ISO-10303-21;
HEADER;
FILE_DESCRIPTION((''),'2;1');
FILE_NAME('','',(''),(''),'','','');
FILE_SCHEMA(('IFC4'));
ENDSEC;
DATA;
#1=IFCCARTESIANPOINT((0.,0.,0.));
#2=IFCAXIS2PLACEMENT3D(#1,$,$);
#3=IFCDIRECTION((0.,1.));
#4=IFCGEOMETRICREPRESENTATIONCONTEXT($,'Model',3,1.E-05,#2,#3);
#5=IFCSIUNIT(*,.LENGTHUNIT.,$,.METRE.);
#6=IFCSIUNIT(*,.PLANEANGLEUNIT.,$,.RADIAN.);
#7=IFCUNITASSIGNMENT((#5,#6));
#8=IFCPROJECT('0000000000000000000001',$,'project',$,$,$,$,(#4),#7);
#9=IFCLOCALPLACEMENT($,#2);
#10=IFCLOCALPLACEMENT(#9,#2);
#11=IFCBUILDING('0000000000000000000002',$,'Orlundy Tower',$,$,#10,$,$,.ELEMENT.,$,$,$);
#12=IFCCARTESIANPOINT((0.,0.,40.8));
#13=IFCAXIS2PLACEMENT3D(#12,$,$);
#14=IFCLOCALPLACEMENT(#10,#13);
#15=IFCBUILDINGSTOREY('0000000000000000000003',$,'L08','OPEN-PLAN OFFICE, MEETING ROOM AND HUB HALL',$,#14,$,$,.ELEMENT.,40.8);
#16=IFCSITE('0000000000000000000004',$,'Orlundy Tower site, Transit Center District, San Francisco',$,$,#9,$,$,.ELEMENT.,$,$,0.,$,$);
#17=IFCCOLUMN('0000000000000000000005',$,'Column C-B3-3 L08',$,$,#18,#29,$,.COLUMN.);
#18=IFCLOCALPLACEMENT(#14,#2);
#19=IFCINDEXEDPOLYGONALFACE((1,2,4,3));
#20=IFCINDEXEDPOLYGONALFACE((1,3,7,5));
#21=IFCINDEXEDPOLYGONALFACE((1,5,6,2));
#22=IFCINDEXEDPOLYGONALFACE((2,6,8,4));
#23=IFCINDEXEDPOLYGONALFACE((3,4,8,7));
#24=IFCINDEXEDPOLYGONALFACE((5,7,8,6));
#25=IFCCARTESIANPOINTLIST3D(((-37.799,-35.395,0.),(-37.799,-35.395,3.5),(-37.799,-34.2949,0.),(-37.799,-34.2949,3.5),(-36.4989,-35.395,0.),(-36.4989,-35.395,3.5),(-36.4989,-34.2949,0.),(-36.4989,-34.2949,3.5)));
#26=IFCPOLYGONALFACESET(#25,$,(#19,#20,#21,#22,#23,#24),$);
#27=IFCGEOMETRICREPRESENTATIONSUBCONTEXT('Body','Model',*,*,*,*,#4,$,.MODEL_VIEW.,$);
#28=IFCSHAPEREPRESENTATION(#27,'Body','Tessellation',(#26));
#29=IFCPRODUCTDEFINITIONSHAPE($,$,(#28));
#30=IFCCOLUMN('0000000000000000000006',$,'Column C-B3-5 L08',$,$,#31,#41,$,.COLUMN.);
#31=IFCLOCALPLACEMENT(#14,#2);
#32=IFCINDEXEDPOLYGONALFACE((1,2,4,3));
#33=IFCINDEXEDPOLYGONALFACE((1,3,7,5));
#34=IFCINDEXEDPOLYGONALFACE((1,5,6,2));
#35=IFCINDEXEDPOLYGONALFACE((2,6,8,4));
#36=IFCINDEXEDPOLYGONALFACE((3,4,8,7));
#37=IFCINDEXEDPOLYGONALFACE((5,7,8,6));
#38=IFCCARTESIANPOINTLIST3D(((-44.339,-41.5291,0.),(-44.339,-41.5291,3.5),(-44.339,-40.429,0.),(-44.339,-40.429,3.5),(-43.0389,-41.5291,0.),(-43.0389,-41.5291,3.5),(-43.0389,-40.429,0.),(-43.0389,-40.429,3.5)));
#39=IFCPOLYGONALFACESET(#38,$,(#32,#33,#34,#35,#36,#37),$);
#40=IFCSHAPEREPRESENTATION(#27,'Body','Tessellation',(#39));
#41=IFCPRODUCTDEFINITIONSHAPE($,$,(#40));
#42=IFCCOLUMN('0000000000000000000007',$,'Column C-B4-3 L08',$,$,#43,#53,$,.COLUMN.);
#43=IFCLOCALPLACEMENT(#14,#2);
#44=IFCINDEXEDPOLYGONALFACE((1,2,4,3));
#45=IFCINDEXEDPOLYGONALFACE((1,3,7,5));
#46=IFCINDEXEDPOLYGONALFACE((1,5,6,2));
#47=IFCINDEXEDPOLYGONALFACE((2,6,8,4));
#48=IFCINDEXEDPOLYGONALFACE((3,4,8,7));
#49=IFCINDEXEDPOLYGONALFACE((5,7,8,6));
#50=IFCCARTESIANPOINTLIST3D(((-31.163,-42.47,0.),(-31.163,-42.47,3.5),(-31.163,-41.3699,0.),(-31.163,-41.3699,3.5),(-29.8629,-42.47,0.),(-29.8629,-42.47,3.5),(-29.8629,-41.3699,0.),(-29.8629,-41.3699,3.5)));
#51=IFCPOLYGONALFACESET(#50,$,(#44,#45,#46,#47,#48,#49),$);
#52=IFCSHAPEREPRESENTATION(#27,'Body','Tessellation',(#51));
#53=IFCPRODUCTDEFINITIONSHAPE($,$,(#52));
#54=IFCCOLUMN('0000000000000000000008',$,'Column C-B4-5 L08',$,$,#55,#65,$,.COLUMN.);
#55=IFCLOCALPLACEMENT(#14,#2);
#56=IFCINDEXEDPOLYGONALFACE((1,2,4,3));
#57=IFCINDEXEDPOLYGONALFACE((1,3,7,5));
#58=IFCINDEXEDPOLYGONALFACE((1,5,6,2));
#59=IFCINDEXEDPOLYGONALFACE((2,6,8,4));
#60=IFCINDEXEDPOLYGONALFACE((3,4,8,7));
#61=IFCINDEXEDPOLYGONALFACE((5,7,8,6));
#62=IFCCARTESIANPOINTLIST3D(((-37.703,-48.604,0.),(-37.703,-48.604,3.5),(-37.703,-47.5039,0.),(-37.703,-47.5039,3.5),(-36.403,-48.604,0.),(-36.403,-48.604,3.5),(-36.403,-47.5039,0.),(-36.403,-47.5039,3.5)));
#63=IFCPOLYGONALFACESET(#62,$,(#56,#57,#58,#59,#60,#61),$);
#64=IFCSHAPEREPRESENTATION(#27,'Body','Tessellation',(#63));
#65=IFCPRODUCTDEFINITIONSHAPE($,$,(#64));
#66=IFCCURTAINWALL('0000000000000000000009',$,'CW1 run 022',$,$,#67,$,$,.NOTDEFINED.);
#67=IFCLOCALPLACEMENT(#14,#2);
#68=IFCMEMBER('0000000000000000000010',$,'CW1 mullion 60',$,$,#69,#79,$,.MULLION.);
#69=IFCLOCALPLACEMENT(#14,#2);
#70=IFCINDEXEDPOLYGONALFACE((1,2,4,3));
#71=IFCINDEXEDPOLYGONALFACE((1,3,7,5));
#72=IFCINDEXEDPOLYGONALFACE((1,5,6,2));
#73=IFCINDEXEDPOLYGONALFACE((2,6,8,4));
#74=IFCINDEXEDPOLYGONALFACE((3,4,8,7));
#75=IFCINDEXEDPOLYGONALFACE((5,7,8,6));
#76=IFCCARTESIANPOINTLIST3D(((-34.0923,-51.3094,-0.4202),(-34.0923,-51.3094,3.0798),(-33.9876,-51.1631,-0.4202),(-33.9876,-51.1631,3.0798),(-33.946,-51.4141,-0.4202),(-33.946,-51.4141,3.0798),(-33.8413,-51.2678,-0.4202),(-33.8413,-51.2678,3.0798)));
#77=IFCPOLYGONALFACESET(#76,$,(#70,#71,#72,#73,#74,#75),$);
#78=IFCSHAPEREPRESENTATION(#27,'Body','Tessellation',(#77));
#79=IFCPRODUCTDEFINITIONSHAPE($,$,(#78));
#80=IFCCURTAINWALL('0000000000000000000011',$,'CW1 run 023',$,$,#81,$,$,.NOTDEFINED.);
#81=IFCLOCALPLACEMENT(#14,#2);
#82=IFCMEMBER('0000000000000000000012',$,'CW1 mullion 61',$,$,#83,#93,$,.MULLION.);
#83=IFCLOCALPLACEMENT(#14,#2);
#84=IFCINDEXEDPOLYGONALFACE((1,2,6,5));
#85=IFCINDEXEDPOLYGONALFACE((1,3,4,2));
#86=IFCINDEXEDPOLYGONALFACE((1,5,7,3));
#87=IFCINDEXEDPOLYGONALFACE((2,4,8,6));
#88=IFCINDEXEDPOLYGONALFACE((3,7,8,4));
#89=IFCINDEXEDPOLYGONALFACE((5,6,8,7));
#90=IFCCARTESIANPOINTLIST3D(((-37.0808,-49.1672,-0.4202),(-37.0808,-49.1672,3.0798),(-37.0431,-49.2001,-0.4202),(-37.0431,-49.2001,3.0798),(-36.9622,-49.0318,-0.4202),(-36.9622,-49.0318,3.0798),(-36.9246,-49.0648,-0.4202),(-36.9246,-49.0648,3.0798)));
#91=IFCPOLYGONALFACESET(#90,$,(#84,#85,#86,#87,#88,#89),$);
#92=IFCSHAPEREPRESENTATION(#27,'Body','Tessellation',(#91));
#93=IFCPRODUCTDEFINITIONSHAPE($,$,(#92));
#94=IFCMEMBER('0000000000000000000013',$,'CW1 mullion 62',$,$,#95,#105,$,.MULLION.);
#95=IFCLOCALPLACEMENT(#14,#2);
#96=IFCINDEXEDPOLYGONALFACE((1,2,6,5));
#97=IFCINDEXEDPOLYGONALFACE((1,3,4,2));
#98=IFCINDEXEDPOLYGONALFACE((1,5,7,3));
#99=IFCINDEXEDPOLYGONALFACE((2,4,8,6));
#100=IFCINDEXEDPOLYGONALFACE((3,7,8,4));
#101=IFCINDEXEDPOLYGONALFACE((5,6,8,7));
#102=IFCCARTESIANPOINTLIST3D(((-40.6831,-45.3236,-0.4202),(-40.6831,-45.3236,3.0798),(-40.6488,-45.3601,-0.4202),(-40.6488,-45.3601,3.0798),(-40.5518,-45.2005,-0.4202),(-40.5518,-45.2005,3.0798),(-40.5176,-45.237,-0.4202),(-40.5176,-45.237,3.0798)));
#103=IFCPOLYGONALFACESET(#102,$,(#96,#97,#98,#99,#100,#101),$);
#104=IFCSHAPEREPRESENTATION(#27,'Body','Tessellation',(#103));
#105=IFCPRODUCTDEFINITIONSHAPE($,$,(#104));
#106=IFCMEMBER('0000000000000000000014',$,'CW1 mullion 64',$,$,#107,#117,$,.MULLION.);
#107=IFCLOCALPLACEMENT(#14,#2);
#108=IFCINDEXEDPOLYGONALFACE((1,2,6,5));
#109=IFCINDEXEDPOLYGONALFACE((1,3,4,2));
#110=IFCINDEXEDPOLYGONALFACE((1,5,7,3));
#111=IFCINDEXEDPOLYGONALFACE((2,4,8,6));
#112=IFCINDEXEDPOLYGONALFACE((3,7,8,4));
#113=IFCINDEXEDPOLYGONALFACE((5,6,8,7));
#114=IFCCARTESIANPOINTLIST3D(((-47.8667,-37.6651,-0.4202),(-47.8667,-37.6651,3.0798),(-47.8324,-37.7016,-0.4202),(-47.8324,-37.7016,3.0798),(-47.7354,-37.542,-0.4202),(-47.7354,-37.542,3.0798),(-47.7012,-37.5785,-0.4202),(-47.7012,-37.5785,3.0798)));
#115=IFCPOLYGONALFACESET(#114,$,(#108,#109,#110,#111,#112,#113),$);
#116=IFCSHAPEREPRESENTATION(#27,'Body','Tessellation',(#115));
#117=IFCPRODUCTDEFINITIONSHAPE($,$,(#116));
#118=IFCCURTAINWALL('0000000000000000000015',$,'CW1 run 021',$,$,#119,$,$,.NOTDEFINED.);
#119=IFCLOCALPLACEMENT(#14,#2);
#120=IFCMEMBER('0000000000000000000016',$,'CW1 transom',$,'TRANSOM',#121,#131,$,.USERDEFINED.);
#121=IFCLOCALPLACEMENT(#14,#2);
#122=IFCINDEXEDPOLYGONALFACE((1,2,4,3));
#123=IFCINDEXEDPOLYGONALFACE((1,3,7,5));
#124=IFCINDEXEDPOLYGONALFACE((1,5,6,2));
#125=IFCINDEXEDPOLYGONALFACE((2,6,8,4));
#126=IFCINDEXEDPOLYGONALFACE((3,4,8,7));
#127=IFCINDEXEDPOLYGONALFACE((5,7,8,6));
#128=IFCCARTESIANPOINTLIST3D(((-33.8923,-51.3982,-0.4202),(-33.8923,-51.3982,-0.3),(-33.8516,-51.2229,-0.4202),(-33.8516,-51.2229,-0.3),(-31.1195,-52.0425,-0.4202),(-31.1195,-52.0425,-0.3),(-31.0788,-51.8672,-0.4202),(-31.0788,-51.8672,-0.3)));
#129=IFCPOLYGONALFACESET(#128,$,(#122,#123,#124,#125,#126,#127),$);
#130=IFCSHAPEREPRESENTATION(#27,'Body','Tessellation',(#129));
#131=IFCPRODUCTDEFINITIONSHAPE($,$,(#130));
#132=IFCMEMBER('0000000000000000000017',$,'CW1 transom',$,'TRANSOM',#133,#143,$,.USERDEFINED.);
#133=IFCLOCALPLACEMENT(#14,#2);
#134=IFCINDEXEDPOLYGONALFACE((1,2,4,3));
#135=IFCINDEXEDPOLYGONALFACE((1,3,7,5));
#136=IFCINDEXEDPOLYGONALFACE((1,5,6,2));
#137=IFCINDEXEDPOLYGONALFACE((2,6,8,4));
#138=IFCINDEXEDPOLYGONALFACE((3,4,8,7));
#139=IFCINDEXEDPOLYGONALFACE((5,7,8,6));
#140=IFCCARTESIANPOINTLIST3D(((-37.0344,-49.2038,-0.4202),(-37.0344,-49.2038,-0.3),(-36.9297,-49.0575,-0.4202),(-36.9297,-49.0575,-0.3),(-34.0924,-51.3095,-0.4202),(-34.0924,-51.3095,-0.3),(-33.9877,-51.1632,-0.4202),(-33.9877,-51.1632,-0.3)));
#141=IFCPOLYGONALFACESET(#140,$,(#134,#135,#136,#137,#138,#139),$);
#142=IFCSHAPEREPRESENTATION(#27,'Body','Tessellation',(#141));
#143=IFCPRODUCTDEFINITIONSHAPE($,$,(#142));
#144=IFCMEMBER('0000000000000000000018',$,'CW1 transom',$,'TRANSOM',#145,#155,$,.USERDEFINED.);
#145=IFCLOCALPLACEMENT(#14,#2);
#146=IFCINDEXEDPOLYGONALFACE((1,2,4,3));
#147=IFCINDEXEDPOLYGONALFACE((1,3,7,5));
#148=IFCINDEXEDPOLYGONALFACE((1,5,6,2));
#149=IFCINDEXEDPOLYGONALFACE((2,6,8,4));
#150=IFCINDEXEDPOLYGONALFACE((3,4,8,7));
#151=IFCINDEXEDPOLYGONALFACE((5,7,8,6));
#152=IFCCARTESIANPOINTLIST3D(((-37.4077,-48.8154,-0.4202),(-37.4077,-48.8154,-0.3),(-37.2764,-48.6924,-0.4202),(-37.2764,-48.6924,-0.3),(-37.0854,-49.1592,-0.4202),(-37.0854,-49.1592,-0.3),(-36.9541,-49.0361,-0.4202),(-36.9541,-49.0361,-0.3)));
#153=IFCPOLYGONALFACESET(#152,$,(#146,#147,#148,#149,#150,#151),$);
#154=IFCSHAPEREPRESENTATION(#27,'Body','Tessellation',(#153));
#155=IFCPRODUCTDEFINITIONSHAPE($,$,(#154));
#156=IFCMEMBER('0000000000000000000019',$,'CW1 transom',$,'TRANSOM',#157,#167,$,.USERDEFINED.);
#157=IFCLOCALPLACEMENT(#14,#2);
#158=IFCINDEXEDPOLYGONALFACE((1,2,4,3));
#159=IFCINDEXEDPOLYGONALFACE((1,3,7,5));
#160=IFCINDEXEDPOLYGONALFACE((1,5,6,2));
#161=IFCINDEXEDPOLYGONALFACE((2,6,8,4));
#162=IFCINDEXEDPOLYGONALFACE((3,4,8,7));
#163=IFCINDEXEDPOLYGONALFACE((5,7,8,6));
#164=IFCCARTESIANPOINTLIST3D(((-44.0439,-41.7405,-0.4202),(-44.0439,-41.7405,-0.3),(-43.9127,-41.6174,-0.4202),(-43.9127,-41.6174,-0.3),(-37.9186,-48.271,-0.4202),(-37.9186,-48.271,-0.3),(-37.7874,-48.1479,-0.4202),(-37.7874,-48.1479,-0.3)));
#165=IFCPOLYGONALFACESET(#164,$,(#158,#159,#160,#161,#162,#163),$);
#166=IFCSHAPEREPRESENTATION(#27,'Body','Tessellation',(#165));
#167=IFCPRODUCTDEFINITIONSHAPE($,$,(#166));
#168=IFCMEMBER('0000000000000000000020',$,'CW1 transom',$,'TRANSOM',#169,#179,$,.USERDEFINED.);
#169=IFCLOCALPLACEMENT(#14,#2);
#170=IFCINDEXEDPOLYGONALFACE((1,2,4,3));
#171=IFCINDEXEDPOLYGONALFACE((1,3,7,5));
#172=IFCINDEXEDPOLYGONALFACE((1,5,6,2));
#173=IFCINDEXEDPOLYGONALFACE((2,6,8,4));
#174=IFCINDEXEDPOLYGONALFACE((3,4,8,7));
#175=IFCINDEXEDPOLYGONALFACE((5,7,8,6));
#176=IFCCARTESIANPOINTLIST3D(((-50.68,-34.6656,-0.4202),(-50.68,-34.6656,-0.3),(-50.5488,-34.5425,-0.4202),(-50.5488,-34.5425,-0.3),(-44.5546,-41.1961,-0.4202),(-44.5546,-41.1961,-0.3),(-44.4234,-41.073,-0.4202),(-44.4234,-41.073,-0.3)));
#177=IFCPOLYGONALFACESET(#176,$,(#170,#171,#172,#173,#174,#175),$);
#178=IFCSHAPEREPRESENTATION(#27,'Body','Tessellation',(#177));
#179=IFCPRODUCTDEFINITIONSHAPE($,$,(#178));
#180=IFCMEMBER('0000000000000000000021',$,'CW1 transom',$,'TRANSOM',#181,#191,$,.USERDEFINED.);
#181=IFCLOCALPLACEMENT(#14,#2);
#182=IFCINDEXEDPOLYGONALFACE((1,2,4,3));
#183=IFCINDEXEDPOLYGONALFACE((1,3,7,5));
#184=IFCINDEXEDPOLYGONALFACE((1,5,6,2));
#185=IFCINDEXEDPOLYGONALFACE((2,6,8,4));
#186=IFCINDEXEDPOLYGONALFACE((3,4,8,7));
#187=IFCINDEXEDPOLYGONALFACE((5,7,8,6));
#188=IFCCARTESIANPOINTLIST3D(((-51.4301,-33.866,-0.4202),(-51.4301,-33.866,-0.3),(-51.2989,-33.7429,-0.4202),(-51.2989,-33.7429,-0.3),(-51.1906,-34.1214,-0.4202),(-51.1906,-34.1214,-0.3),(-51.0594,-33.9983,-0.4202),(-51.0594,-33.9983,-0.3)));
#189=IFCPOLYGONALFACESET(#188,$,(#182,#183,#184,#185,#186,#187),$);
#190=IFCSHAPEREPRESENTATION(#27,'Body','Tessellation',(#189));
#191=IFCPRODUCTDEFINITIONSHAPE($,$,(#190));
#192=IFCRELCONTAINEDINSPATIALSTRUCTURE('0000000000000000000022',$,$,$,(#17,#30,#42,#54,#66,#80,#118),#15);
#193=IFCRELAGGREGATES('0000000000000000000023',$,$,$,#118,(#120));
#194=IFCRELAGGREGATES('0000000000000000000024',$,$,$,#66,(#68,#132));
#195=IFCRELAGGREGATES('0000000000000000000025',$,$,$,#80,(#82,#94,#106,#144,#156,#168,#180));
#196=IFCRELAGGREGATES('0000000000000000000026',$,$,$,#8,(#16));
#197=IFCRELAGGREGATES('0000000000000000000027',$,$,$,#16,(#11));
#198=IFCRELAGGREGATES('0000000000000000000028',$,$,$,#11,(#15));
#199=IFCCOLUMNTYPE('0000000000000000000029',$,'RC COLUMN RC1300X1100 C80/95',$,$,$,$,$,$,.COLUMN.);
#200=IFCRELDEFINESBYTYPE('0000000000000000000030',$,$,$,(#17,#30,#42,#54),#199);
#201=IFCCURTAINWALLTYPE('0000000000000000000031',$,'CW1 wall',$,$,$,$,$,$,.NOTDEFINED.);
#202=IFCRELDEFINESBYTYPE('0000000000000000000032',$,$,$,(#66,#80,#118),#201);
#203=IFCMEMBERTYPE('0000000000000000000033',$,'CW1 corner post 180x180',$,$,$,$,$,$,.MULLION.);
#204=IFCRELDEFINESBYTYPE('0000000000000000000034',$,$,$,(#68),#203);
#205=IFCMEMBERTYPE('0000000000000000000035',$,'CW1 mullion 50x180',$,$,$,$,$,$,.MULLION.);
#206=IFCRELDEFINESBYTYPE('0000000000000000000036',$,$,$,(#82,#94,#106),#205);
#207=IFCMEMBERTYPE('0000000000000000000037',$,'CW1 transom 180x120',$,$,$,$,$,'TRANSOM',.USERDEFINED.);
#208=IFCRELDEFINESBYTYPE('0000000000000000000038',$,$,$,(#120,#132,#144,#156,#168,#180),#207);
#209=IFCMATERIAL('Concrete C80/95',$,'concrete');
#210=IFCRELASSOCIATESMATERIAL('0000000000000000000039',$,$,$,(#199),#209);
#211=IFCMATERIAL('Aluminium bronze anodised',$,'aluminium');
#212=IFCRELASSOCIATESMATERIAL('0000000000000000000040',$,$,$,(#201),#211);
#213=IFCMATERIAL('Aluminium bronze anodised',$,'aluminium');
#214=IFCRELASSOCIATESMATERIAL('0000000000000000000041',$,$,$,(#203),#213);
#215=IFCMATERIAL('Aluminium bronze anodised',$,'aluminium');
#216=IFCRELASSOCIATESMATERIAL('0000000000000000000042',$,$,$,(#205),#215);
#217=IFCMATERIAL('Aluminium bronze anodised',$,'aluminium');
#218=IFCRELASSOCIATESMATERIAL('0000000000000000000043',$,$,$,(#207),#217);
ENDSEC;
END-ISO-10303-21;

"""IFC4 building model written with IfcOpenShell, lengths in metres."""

from ifc_helpers import new_model, si_unit, direction, frame, origin, origin_2d, place, context, subcontext, project, spatial, rectangle, extrude, material, material_profile, profile_set, type_object, element, aggregate, save


model = new_model("IFC4")

# Units and contexts
model_context = context("Model", 3, precision=1e-05, world=origin(), true_north=direction((0.0, 1.0)))
body_context = subcontext(model_context, "Body", "Model", "MODEL_VIEW")
ifc_project = project(units=[si_unit("LENGTHUNIT", "METRE"), si_unit("PLANEANGLEUNIT", "RADIAN")], contexts=[model_context])

# Site, building, storey
site_placement = place(None, origin())
site = spatial("IfcSite", under=ifc_project, at=site_placement, Name="Orlundy Tower site, Transit Center District, San Francisco", CompositionType="ELEMENT", RefElevation=0.0)
building_placement = place(site_placement, origin())
building = spatial("IfcBuilding", under=site, at=building_placement, Name="Orlundy Tower", CompositionType="ELEMENT")
storey_placement = place(building_placement, frame((0.0, 0.0, 40.8)))
storey = spatial("IfcBuildingStorey", under=building, at=storey_placement, Name="L08", Description="OPEN-PLAN OFFICE, MEETING ROOM AND HUB HALL", CompositionType="ELEMENT", Elevation=40.8)

# Columns
ifc_material_1 = material(Name="Concrete C80/95", Category="concrete")
ifc_material_profile_1 = material_profile(ifc_material_1, rectangle(XDim=1.3, YDim=1.1001, at=origin_2d()), Name="RC1300X1100")
ifc_profile_set_1 = profile_set([ifc_material_profile_1], Name="Concrete C80/95")
column_type = type_object("IfcColumnType", Name="RC COLUMN RC1300X1100 C80/95", PredefinedType="COLUMN", material=ifc_profile_set_1)
for number, where, z_axis, x_axis, name in (
    (1, (-37.1489, -34.845, 0.0), (0.0, 0.0, 1.0), (1.0, 0.0, 0.0), "Column C-B3-3 L08"),
    (2, (-43.689, -40.979, 0.0), (0.0, 0.0, 1.0), (1.0, 0.0, 0.0), "Column C-B3-5 L08"),
    (3, (-30.5129, -41.9199, 0.0), (0.0, 0.0, 1.0), (1.0, 0.0, 0.0), "Column C-B4-3 L08"),
    (4, (-37.053, -48.054, 0.0), (0.0, 0.0, 1.0), (1.0, 0.0, 0.0), "Column C-B4-5 L08"),
):
    element("IfcColumn", number, at=place(storey_placement, frame(where, z_axis=z_axis, x_axis=x_axis)), inside=storey, type_object=column_type, Name=name, PredefinedType="COLUMN", context=body_context, shape_type="SweptSolid", body=[
        extrude(rectangle(XDim=1.3, YDim=1.1001, at=origin_2d()), origin(), (0.0, 0.0, 1.0), 3.5),
    ])

# Curtain wall, member
ifc_material_2 = material(Name="Aluminium bronze anodised", Category="aluminium")
curtain_wall_type = type_object("IfcCurtainWallType", Name="CW1 wall", PredefinedType="NOTDEFINED", material=ifc_material_2)
curtain_wall_1_placement = place(storey_placement, origin())
curtain_wall_1 = element("IfcCurtainWall", 5, at=curtain_wall_1_placement, inside=storey, type_object=curtain_wall_type, Name="CW1 run 022", PredefinedType="NOTDEFINED")
ifc_material_3 = material(Name="Aluminium bronze anodised", Category="aluminium")
ifc_material_profile_2 = material_profile(ifc_material_3, rectangle(XDim=0.1799, YDim=0.1799, at=origin_2d()), Name="CW1 corner post 180x180")
ifc_profile_set_2 = profile_set([ifc_material_profile_2], Name="Aluminium bronze anodised")
member_type_1 = type_object("IfcMemberType", Name="CW1 corner post 180x180", PredefinedType="MULLION", material=ifc_profile_set_2)
member_1_placement = place(storey_placement, frame((-33.9668, -51.2886, -0.4202), z_axis=(0.0, 0.0, 1.0), x_axis=(-0.581978, -0.813204, 0.0)))
member_1 = element("IfcMember", 6, at=member_1_placement, type_object=member_type_1, Name="CW1 mullion 60", PredefinedType="MULLION", context=body_context, shape_type="SweptSolid", body=[
    extrude(rectangle(XDim=0.1799, YDim=0.1799, at=origin_2d()), origin(), (0.0, 0.0, 1.0), 3.5),
])

# Curtain wall, members
curtain_wall_2_placement = place(storey_placement, origin())
curtain_wall_2 = element("IfcCurtainWall", 7, at=curtain_wall_2_placement, inside=storey, type_object=curtain_wall_type, Name="CW1 run 023", PredefinedType="NOTDEFINED")
ifc_material_4 = material(Name="Aluminium bronze anodised", Category="aluminium")
ifc_material_profile_3 = material_profile(ifc_material_4, rectangle(XDim=0.1799, YDim=0.05, at=origin_2d()), Name="CW1 mullion 50x180")
ifc_profile_set_3 = profile_set([ifc_material_profile_3], Name="Aluminium bronze anodised")
member_type_2 = type_object("IfcMemberType", Name="CW1 mullion 50x180", PredefinedType="MULLION", material=ifc_profile_set_3)
member_2_placement = place(storey_placement, frame((-37.0027, -49.116, -0.4202), z_axis=(0.0, 0.0, 1.0), x_axis=(-0.658839, -0.752284, 0.0)))
member_2 = element("IfcMember", 8, at=member_2_placement, type_object=member_type_2, Name="CW1 mullion 61", PredefinedType="MULLION", context=body_context, shape_type="SweptSolid", body=[
    extrude(rectangle(XDim=0.1799, YDim=0.05, at=origin_2d()), origin(), (0.0, 0.0, 1.0), 3.5),
])
member_3_placement = place(storey_placement, frame((-40.6003, -45.2803, -0.4202), z_axis=(0.0, 0.0, 1.0), x_axis=(-0.729363, -0.684126, 0.0)))
member_3 = element("IfcMember", 9, at=member_3_placement, type_object=member_type_2, Name="CW1 mullion 62", PredefinedType="MULLION", context=body_context, shape_type="SweptSolid", body=[
    extrude(rectangle(XDim=0.1799, YDim=0.05, at=origin_2d()), origin(), (0.0, 0.0, 1.0), 3.5),
])
member_4_placement = place(storey_placement, frame((-47.7839, -37.6218, -0.4202), z_axis=(0.0, 0.0, 1.0), x_axis=(-0.729363, -0.684126, 0.0)))
member_4 = element("IfcMember", 10, at=member_4_placement, type_object=member_type_2, Name="CW1 mullion 64", PredefinedType="MULLION", context=body_context, shape_type="SweptSolid", body=[
    extrude(rectangle(XDim=0.1799, YDim=0.05, at=origin_2d()), origin(), (0.0, 0.0, 1.0), 3.5),
])

# Curtain wall, member
curtain_wall_3_placement = place(storey_placement, origin())
curtain_wall_3 = element("IfcCurtainWall", 11, at=curtain_wall_3_placement, inside=storey, type_object=curtain_wall_type, Name="CW1 run 021", PredefinedType="NOTDEFINED")
ifc_material_5 = material(Name="Aluminium bronze anodised", Category="aluminium")
ifc_material_profile_4 = material_profile(ifc_material_5, rectangle(XDim=0.1799, YDim=0.1201, at=origin_2d()), Name="CW1 transom 180x120")
ifc_profile_set_4 = profile_set([ifc_material_profile_4], Name="Aluminium bronze anodised")
member_type_3 = type_object("IfcMemberType", Name="CW1 transom 180x120", ElementType="TRANSOM", PredefinedType="USERDEFINED", material=ifc_profile_set_4)
member_5_placement = place(storey_placement, frame((-31.0991, -51.9548, -0.3601), z_axis=(-0.974049, 0.226338, 0.0), x_axis=(-0.226338, -0.974049, 0.0)))
member_5 = element("IfcMember", 12, at=member_5_placement, type_object=member_type_3, Name="CW1 transom", ObjectType="TRANSOM", PredefinedType="USERDEFINED", context=body_context, shape_type="SweptSolid", body=[
    extrude(rectangle(XDim=0.1799, YDim=0.1201, at=origin_2d()), origin(), (0.0, 0.0, 1.0), 2.8467),
])

# Members
member_6_placement = place(storey_placement, frame((-34.04, -51.2363, -0.3601), z_axis=(-0.813186, 0.582004, 0.0), x_axis=(-0.582004, -0.813186, 0.0)))
member_6 = element("IfcMember", 13, at=member_6_placement, type_object=member_type_3, Name="CW1 transom", ObjectType="TRANSOM", PredefinedType="USERDEFINED", context=body_context, shape_type="SweptSolid", body=[
    extrude(rectangle(XDim=0.1799, YDim=0.1201, at=origin_2d()), origin(), (0.0, 0.0, 1.0), 3.6179),
])
member_7_placement = place(storey_placement, frame((-37.0198, -49.0977, -0.3601), z_axis=(-0.683941, 0.729537, 0.0), x_axis=(-0.729537, -0.683941, 0.0)))
member_7 = element("IfcMember", 14, at=member_7_placement, type_object=member_type_3, Name="CW1 transom", ObjectType="TRANSOM", PredefinedType="USERDEFINED", context=body_context, shape_type="SweptSolid", body=[
    extrude(rectangle(XDim=0.1799, YDim=0.1201, at=origin_2d()), origin(), (0.0, 0.0, 1.0), 0.4712),
])
member_8_placement = place(storey_placement, frame((-37.853, -48.2095, -0.3601), z_axis=(-0.684113, 0.729376, 0.0), x_axis=(-0.729376, -0.684113, 0.0)))
member_8 = element("IfcMember", 15, at=member_8_placement, type_object=member_type_3, Name="CW1 transom", ObjectType="TRANSOM", PredefinedType="USERDEFINED", context=body_context, shape_type="SweptSolid", body=[
    extrude(rectangle(XDim=0.1799, YDim=0.1201, at=origin_2d()), origin(), (0.0, 0.0, 1.0), 8.9536),
])
member_9_placement = place(storey_placement, frame((-44.489, -41.1345, -0.3601), z_axis=(-0.684127, 0.729363, 0.0), x_axis=(-0.729363, -0.684127, 0.0)))
member_9 = element("IfcMember", 16, at=member_9_placement, type_object=member_type_3, Name="CW1 transom", ObjectType="TRANSOM", PredefinedType="USERDEFINED", context=body_context, shape_type="SweptSolid", body=[
    extrude(rectangle(XDim=0.1799, YDim=0.1201, at=origin_2d()), origin(), (0.0, 0.0, 1.0), 8.9536),
])
member_10_placement = place(storey_placement, frame((-51.125, -34.0598, -0.3601), z_axis=(-0.68408, 0.729407, 0.0), x_axis=(-0.729407, -0.68408, 0.0)))
member_10 = element("IfcMember", 17, at=member_10_placement, type_object=member_type_3, Name="CW1 transom", ObjectType="TRANSOM", PredefinedType="USERDEFINED", context=body_context, shape_type="SweptSolid", body=[
    extrude(rectangle(XDim=0.1799, YDim=0.1201, at=origin_2d()), origin(), (0.0, 0.0, 1.0), 0.3501),
])

aggregate(curtain_wall_3, [member_5])
aggregate(curtain_wall_1, [member_1, member_6])
aggregate(curtain_wall_2, [member_2, member_3, member_4, member_7, member_8, member_9, member_10])

save(model, "model.ifc")
